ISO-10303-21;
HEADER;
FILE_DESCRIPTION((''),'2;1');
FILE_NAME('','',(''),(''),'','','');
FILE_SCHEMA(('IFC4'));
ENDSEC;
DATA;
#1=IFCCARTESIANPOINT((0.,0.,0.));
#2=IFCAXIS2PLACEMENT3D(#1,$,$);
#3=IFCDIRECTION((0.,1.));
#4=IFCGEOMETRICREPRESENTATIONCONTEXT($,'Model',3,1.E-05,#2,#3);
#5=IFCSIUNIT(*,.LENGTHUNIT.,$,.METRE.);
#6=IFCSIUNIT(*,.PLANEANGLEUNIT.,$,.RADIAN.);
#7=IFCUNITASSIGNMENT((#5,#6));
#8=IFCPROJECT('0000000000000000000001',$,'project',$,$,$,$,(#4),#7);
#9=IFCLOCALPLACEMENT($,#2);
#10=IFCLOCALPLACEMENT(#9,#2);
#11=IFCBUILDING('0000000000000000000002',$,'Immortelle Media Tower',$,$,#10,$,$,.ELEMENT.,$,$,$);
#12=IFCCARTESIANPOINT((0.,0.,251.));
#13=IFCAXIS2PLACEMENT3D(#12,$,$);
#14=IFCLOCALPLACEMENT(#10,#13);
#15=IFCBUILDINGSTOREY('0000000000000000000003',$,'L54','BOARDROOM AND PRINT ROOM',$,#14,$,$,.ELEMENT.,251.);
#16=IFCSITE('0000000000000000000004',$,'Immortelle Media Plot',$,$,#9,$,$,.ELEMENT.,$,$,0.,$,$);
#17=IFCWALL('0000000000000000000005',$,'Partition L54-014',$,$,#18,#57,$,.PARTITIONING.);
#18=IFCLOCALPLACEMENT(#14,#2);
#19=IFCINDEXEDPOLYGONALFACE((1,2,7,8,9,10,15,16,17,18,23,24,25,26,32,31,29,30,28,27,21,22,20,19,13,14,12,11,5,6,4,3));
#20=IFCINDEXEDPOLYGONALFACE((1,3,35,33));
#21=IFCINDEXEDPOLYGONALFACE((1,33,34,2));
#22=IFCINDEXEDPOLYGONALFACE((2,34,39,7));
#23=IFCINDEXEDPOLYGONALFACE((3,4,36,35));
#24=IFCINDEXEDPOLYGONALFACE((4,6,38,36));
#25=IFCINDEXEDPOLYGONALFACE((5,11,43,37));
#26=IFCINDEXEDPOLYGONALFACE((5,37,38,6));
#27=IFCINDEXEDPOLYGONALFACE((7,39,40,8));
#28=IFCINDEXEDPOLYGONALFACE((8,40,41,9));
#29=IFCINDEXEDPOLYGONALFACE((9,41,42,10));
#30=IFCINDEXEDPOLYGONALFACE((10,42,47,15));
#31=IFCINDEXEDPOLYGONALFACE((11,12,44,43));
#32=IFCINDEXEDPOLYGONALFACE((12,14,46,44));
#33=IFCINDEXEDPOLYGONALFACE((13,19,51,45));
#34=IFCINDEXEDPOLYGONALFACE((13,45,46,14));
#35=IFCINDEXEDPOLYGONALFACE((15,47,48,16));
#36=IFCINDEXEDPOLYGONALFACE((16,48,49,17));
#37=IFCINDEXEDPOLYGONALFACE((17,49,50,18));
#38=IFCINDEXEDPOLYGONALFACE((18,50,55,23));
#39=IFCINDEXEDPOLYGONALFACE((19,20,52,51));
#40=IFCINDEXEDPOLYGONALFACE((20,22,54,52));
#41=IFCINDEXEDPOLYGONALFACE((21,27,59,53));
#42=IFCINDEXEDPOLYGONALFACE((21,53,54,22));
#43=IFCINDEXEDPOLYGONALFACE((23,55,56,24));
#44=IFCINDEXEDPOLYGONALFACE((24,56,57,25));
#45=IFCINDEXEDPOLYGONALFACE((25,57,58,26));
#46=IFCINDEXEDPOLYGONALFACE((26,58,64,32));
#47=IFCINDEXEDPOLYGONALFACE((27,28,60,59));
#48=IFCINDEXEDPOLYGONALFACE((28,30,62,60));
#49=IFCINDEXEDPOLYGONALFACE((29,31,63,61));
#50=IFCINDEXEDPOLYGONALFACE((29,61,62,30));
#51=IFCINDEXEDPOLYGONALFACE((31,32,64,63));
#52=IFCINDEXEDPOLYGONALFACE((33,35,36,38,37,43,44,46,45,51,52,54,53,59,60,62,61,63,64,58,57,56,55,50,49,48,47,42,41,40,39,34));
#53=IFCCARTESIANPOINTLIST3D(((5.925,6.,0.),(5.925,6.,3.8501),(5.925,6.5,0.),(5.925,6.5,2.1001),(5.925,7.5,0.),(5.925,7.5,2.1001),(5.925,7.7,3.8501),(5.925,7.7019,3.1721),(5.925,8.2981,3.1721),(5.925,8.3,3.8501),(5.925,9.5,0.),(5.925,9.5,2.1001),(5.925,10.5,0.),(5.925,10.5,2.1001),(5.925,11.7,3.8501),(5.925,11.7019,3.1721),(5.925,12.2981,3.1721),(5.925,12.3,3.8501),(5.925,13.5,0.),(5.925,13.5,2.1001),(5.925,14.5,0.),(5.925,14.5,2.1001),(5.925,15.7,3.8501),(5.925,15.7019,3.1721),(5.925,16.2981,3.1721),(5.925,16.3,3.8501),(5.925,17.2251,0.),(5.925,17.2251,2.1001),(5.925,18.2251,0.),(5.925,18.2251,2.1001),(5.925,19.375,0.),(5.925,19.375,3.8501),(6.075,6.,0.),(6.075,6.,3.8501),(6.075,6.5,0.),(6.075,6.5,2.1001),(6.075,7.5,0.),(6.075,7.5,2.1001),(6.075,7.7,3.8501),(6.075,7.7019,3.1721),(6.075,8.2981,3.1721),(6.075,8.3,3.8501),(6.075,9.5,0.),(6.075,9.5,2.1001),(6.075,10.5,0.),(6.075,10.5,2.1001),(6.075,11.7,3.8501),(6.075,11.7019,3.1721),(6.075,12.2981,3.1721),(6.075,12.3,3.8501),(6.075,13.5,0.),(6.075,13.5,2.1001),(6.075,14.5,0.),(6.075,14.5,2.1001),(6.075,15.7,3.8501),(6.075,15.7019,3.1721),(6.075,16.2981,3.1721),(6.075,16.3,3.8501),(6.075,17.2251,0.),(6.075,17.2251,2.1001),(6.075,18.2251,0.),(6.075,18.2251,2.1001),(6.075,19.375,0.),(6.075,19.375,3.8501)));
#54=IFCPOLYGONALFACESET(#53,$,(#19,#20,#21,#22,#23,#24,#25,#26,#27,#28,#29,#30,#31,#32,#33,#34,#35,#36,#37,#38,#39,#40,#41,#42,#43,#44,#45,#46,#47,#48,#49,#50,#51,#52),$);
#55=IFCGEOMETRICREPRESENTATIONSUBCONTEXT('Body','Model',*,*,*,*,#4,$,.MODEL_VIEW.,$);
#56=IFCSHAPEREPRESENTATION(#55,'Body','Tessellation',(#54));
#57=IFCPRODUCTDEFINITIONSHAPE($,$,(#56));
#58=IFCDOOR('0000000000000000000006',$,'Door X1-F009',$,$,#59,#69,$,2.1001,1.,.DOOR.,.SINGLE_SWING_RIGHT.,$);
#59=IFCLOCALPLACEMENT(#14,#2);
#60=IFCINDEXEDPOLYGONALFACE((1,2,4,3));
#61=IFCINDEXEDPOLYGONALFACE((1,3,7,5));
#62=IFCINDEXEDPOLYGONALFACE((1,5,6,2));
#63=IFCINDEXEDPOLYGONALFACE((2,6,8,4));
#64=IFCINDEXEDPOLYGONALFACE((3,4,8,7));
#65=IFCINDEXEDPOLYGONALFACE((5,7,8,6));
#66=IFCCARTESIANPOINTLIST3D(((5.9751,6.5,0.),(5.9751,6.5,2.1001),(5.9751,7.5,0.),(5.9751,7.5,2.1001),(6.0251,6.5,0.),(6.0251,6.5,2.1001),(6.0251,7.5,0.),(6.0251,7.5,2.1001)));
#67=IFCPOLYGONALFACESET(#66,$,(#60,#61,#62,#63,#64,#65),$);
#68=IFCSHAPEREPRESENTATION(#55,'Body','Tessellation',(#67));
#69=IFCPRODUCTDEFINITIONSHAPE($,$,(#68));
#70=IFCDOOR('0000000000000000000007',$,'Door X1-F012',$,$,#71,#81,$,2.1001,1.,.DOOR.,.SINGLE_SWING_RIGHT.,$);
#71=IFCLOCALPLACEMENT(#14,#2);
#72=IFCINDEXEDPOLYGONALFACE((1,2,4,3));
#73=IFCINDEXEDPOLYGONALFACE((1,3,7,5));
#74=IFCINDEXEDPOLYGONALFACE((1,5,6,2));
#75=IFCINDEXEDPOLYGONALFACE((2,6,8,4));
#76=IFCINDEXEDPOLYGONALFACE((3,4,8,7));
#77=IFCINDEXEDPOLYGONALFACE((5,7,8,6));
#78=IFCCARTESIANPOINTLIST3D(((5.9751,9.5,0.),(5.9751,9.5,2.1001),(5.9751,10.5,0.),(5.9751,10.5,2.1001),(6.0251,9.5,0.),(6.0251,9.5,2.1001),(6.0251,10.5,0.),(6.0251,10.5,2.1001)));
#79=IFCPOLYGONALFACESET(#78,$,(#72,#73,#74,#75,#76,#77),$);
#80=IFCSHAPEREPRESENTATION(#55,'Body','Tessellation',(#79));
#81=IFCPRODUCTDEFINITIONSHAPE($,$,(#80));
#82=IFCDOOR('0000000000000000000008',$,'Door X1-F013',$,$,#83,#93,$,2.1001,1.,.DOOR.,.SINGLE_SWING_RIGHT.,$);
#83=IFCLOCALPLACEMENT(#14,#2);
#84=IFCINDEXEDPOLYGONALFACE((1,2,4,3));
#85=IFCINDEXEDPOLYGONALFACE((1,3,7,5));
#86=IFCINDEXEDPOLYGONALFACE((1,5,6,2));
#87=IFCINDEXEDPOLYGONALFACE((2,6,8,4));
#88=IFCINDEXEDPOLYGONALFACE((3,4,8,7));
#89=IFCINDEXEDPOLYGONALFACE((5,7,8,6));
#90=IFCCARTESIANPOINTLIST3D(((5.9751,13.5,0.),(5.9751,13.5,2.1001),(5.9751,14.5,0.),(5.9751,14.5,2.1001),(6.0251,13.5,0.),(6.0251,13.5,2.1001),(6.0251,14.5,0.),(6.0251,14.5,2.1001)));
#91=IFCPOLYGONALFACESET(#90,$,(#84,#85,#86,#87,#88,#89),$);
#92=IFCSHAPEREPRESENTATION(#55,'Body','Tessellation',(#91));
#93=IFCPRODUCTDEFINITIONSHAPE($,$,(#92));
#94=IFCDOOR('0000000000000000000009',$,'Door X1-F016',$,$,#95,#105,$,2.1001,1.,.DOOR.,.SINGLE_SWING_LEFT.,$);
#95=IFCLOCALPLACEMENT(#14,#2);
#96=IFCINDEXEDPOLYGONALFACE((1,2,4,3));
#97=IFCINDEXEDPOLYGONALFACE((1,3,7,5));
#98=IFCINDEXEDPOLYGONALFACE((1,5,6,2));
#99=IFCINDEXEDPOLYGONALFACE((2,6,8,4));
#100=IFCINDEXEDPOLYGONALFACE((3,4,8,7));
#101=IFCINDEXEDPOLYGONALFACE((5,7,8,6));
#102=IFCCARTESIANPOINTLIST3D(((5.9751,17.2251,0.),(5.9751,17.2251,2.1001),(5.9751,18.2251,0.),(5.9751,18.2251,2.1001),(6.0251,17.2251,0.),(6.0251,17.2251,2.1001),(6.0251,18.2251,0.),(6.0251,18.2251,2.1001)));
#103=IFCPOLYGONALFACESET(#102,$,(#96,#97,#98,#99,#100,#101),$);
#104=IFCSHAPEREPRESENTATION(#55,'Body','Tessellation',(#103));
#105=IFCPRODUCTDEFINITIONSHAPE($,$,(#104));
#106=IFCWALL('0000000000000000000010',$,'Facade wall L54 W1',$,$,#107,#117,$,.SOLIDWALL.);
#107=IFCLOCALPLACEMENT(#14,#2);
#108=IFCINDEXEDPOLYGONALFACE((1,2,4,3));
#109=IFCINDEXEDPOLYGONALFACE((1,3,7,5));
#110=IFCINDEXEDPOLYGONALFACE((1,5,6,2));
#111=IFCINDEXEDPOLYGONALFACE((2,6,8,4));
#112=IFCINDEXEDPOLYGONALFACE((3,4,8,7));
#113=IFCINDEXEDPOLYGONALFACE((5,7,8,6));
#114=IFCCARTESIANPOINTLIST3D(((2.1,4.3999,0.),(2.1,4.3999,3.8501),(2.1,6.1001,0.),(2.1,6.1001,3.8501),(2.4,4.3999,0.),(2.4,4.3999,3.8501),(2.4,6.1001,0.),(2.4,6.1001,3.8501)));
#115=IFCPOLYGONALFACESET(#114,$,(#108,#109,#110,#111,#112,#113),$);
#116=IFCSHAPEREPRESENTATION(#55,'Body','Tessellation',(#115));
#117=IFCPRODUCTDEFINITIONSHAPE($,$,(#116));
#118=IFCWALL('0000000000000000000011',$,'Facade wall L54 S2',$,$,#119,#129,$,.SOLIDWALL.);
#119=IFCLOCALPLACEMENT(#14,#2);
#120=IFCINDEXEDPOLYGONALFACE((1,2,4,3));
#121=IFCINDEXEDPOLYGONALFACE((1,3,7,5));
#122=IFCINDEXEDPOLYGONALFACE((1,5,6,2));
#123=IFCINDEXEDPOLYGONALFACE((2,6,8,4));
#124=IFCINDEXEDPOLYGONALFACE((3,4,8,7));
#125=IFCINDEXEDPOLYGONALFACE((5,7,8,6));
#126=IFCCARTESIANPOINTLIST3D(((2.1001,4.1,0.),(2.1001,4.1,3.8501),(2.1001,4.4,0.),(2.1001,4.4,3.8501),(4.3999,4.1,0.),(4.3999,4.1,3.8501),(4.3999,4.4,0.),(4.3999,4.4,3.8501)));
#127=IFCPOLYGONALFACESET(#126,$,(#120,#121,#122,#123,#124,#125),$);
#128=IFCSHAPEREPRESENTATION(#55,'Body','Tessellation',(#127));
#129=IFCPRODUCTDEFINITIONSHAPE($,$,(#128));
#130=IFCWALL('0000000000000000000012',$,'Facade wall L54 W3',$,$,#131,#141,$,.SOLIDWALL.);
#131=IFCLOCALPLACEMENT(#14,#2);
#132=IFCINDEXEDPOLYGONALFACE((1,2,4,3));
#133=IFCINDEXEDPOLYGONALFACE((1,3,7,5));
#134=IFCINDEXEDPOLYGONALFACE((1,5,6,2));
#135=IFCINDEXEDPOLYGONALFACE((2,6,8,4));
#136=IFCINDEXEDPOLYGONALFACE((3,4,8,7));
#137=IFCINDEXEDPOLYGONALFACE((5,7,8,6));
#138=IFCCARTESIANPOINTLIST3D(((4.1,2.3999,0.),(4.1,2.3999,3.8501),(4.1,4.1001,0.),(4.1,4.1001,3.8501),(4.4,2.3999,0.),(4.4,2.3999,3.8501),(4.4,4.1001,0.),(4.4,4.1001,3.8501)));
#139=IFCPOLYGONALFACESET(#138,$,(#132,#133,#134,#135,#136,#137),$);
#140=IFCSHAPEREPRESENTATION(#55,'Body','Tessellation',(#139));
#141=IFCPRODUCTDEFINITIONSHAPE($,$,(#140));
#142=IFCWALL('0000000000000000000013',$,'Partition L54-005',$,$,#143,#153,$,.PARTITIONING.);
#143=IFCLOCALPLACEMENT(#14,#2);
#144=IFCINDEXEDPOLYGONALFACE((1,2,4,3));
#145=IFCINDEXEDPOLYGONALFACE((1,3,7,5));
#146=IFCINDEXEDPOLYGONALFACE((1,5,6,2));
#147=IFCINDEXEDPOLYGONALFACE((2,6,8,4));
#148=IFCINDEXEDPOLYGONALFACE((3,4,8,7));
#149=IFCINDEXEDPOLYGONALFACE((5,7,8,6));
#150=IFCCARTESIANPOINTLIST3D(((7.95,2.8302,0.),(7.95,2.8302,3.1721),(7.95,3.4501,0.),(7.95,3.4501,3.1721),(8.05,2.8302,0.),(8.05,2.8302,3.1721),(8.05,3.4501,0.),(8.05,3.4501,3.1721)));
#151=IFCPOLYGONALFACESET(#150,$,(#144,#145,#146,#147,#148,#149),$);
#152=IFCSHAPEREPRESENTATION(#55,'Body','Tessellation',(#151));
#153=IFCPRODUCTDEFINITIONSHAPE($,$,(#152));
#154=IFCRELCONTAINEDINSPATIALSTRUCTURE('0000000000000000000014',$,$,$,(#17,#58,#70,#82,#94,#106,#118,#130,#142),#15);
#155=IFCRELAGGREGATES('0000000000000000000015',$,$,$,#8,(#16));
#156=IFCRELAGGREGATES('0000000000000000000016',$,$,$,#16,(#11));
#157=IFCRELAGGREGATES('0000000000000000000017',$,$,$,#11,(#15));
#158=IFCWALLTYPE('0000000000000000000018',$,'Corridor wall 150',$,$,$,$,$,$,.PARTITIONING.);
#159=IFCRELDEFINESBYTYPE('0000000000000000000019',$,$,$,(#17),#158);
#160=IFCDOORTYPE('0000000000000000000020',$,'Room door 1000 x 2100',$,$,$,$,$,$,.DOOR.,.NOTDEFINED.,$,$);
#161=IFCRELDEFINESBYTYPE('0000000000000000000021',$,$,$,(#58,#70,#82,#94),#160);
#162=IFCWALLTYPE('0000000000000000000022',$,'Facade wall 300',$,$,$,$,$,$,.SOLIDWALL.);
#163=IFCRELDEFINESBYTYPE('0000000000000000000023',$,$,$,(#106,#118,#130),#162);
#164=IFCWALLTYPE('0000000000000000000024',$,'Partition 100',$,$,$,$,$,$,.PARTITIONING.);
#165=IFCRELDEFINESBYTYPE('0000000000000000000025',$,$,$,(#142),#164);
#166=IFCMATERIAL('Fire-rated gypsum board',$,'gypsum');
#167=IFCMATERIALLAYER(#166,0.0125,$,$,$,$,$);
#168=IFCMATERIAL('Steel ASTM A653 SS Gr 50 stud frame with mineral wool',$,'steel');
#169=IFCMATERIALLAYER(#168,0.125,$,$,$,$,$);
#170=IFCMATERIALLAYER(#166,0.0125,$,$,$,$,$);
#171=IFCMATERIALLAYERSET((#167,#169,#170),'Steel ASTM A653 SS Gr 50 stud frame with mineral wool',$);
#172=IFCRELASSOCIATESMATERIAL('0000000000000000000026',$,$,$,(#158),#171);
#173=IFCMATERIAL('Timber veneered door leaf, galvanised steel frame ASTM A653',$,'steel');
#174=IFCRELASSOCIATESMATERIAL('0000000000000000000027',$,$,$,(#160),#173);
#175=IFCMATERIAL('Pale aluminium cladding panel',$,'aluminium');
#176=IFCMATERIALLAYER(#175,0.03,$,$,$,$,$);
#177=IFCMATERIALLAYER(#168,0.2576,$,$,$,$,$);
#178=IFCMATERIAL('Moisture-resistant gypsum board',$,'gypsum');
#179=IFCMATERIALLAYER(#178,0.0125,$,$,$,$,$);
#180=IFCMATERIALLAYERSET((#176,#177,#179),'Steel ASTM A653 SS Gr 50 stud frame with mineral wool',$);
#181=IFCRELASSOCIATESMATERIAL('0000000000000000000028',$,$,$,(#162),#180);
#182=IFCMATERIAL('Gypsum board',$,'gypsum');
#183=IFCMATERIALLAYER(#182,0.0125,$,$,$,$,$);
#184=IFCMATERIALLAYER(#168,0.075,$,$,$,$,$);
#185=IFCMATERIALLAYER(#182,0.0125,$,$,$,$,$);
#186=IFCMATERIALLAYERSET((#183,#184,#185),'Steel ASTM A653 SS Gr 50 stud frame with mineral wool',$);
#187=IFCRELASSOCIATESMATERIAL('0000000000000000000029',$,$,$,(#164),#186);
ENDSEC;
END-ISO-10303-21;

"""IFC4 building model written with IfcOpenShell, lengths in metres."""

from ifc_helpers import new_model, si_unit, direction, frame, frame_2d, origin, place, context, subcontext, project, spatial, polyline, rectangle, outline, extrude, material, layer, layer_set, type_object, element, fill, save


model = new_model("IFC4")

# Units and contexts
model_context = context("Model", 3, precision=1e-05, world=origin(), true_north=direction((0.0, 1.0)))
body_context = subcontext(model_context, "Body", "Model", "MODEL_VIEW")
ifc_project = project(units=[si_unit("LENGTHUNIT", "METRE"), si_unit("PLANEANGLEUNIT", "RADIAN")], contexts=[model_context])

# Site, building, storey
site_placement = place(None, origin())
site = spatial("IfcSite", under=ifc_project, at=site_placement, Name="Immortelle Media Plot", CompositionType="ELEMENT", RefElevation=0.0)
building_placement = place(site_placement, origin())
building = spatial("IfcBuilding", under=site, at=building_placement, Name="Immortelle Media Tower", CompositionType="ELEMENT")
storey_placement = place(building_placement, frame((0.0, 0.0, 251.0)))
storey = spatial("IfcBuildingStorey", under=building, at=storey_placement, Name="L54", Description="BOARDROOM AND PRINT ROOM", CompositionType="ELEMENT", Elevation=251.0)

# Wall, openings, doors
ifc_material_1 = material(Name="Fire-rated gypsum board", Category="gypsum")
ifc_layer_1 = layer(ifc_material_1, 0.0125)
ifc_material_2 = material(Name="Steel ASTM A653 SS Gr 50 stud frame with mineral wool", Category="steel")
ifc_layer_2 = layer(ifc_material_2, 0.125)
ifc_layer_3 = layer(ifc_material_1, 0.0125)
ifc_layer_set_1 = layer_set([ifc_layer_1, ifc_layer_2, ifc_layer_3], Name="Steel ASTM A653 SS Gr 50 stud frame with mineral wool")
wall_type_1 = type_object("IfcWallType", Name="Corridor wall 150", PredefinedType="PARTITIONING", material=ifc_layer_set_1)
ifc_material_3 = material(Name="Timber veneered door leaf, galvanised steel frame ASTM A653", Category="steel")
door_type = type_object("IfcDoorType", Name="Room door 1000 x 2100", OperationType="NOTDEFINED", PredefinedType="DOOR", material=ifc_material_3)
wall_1_placement = place(storey_placement, frame((6.0, 6.0, 0.0), z_axis=(0.0, 0.0, 1.0), x_axis=(0.0, 1.0, 0.0)))
wall_1 = element("IfcWall", 1, at=wall_1_placement, inside=storey, type_object=wall_type_1, Name="Partition L54-014", PredefinedType="PARTITIONING", context=body_context, shape_type="SweptSolid", body=[
    extrude(outline(polyline([(0.0, 0.0), (13.375, 0.0), (13.375, 3.8501), (10.3, 3.8501), (10.2981, 3.1721), (9.7019, 3.1721), (9.7, 3.8501), (6.3, 3.8501), (6.2981, 3.1721), (5.7019, 3.1721), (5.7, 3.8501), (2.3, 3.8501), (2.2981, 3.1721), (1.7019, 3.1721), (1.7, 3.8501), (0.0, 3.8501), (0.0, 0.0)])), frame((0.0, 0.075, 0.0), z_axis=(0.0, -1.0, 0.0), x_axis=(1.0, 0.0, 0.0)), (0.0, 0.0, 1.0), 0.1499),
])
opening_1_placement = place(wall_1_placement, frame((0.5, 0.0, 0.0)))
opening_1 = element("IfcOpeningElement", 2, at=opening_1_placement, cuts=wall_1, PredefinedType="OPENING", context=body_context, shape_type="SweptSolid", body=[
    extrude(rectangle(XDim=1.0, YDim=2.1001, at=frame_2d((0.5, 1.05))), frame((0.0, 0.085, 0.0), z_axis=(0.0, -1.0, 0.0), x_axis=(1.0, 0.0, 0.0)), (0.0, 0.0, 1.0), 0.1699),
])
opening_2_placement = place(wall_1_placement, frame((3.5, 0.0, 0.0)))
opening_2 = element("IfcOpeningElement", 3, at=opening_2_placement, cuts=wall_1, PredefinedType="OPENING", context=body_context, shape_type="SweptSolid", body=[
    extrude(rectangle(XDim=1.0, YDim=2.1001, at=frame_2d((0.5, 1.05))), frame((0.0, 0.085, 0.0), z_axis=(0.0, -1.0, 0.0), x_axis=(1.0, 0.0, 0.0)), (0.0, 0.0, 1.0), 0.1699),
])
opening_3_placement = place(wall_1_placement, frame((7.5, 0.0, 0.0)))
opening_3 = element("IfcOpeningElement", 4, at=opening_3_placement, cuts=wall_1, PredefinedType="OPENING", context=body_context, shape_type="SweptSolid", body=[
    extrude(rectangle(XDim=1.0, YDim=2.1001, at=frame_2d((0.5, 1.05))), frame((0.0, 0.085, 0.0), z_axis=(0.0, -1.0, 0.0), x_axis=(1.0, 0.0, 0.0)), (0.0, 0.0, 1.0), 0.1699),
])
opening_4_placement = place(wall_1_placement, frame((11.2251, 0.0, 0.0)))
opening_4 = element("IfcOpeningElement", 5, at=opening_4_placement, cuts=wall_1, PredefinedType="OPENING", context=body_context, shape_type="SweptSolid", body=[
    extrude(rectangle(XDim=1.0, YDim=2.1001, at=frame_2d((0.5, 1.05))), frame((0.0, 0.085, 0.0), z_axis=(0.0, -1.0, 0.0), x_axis=(1.0, 0.0, 0.0)), (0.0, 0.0, 1.0), 0.1699),
])
door_1_placement = place(opening_1_placement, origin())
door_1 = element("IfcDoor", 6, at=door_1_placement, inside=storey, type_object=door_type, Name="Door X1-F009", OperationType="SINGLE_SWING_RIGHT", OverallHeight=2.1001, OverallWidth=1.0, PredefinedType="DOOR", context=body_context, shape_type="SweptSolid", body=[
    extrude(rectangle(XDim=1.0, YDim=2.1001, at=frame_2d((0.5, 1.05))), frame((0.0, 0.0249, 0.0), z_axis=(0.0, -1.0, 0.0), x_axis=(1.0, 0.0, 0.0)), (0.0, 0.0, 1.0), 0.05),
])
fill(opening_1, door_1)
door_2_placement = place(opening_2_placement, origin())
door_2 = element("IfcDoor", 7, at=door_2_placement, inside=storey, type_object=door_type, Name="Door X1-F012", OperationType="SINGLE_SWING_RIGHT", OverallHeight=2.1001, OverallWidth=1.0, PredefinedType="DOOR", context=body_context, shape_type="SweptSolid", body=[
    extrude(rectangle(XDim=1.0, YDim=2.1001, at=frame_2d((0.5, 1.05))), frame((0.0, 0.0249, 0.0), z_axis=(0.0, -1.0, 0.0), x_axis=(1.0, 0.0, 0.0)), (0.0, 0.0, 1.0), 0.05),
])
fill(opening_2, door_2)
door_3_placement = place(opening_3_placement, origin())
door_3 = element("IfcDoor", 8, at=door_3_placement, inside=storey, type_object=door_type, Name="Door X1-F013", OperationType="SINGLE_SWING_RIGHT", OverallHeight=2.1001, OverallWidth=1.0, PredefinedType="DOOR", context=body_context, shape_type="SweptSolid", body=[
    extrude(rectangle(XDim=1.0, YDim=2.1001, at=frame_2d((0.5, 1.05))), frame((0.0, 0.0249, 0.0), z_axis=(0.0, -1.0, 0.0), x_axis=(1.0, 0.0, 0.0)), (0.0, 0.0, 1.0), 0.05),
])
fill(opening_3, door_3)
door_4_placement = place(opening_4_placement, origin())
door_4 = element("IfcDoor", 9, at=door_4_placement, inside=storey, type_object=door_type, Name="Door X1-F016", OperationType="SINGLE_SWING_LEFT", OverallHeight=2.1001, OverallWidth=1.0, PredefinedType="DOOR", context=body_context, shape_type="SweptSolid", body=[
    extrude(rectangle(XDim=1.0, YDim=2.1001, at=frame_2d((0.5, 1.05))), frame((0.0, 0.0249, 0.0), z_axis=(0.0, -1.0, 0.0), x_axis=(1.0, 0.0, 0.0)), (0.0, 0.0, 1.0), 0.05),
])
fill(opening_4, door_4)

# Walls
ifc_material_4 = material(Name="Pale aluminium cladding panel", Category="aluminium")
ifc_layer_4 = layer(ifc_material_4, 0.03)
ifc_layer_5 = layer(ifc_material_2, 0.2576)
ifc_material_5 = material(Name="Moisture-resistant gypsum board", Category="gypsum")
ifc_layer_6 = layer(ifc_material_5, 0.0125)
ifc_layer_set_2 = layer_set([ifc_layer_4, ifc_layer_5, ifc_layer_6], Name="Steel ASTM A653 SS Gr 50 stud frame with mineral wool")
wall_type_2 = type_object("IfcWallType", Name="Facade wall 300", PredefinedType="SOLIDWALL", material=ifc_layer_set_2)
wall_2_placement = place(storey_placement, frame((2.25, 6.1001, 0.0), z_axis=(0.0, 0.0, 1.0), x_axis=(0.0, -1.0, 0.0)))
element("IfcWall", 10, at=wall_2_placement, inside=storey, type_object=wall_type_2, Name="Facade wall L54 W1", PredefinedType="SOLIDWALL", context=body_context, shape_type="SweptSolid", body=[
    extrude(rectangle(XDim=1.7002, YDim=0.3, at=frame_2d((0.8501, 0.0))), origin(), (0.0, 0.0, 1.0), 3.8501),
])
wall_3_placement = place(storey_placement, frame((2.1001, 4.25, 0.0), z_axis=(0.0, 0.0, 1.0), x_axis=(1.0, 0.0, 0.0)))
element("IfcWall", 11, at=wall_3_placement, inside=storey, type_object=wall_type_2, Name="Facade wall L54 S2", PredefinedType="SOLIDWALL", context=body_context, shape_type="SweptSolid", body=[
    extrude(rectangle(XDim=2.2998, YDim=0.3, at=frame_2d((1.1499, 0.0))), origin(), (0.0, 0.0, 1.0), 3.8501),
])
wall_4_placement = place(storey_placement, frame((4.25, 4.1001, 0.0), z_axis=(0.0, 0.0, 1.0), x_axis=(0.0, -1.0, 0.0)))
element("IfcWall", 12, at=wall_4_placement, inside=storey, type_object=wall_type_2, Name="Facade wall L54 W3", PredefinedType="SOLIDWALL", context=body_context, shape_type="SweptSolid", body=[
    extrude(rectangle(XDim=1.7002, YDim=0.3, at=frame_2d((0.8501, 0.0))), origin(), (0.0, 0.0, 1.0), 3.8501),
])
ifc_material_6 = material(Name="Gypsum board", Category="gypsum")
ifc_layer_7 = layer(ifc_material_6, 0.0125)
ifc_layer_8 = layer(ifc_material_2, 0.075)
ifc_layer_9 = layer(ifc_material_6, 0.0125)
ifc_layer_set_3 = layer_set([ifc_layer_7, ifc_layer_8, ifc_layer_9], Name="Steel ASTM A653 SS Gr 50 stud frame with mineral wool")
wall_type_3 = type_object("IfcWallType", Name="Partition 100", PredefinedType="PARTITIONING", material=ifc_layer_set_3)
wall_5_placement = place(storey_placement, frame((8.0, 2.8301, 0.0), z_axis=(0.0, 0.0, 1.0), x_axis=(0.0, 1.0, 0.0)))
element("IfcWall", 13, at=wall_5_placement, inside=storey, type_object=wall_type_3, Name="Partition L54-005", PredefinedType="PARTITIONING", context=body_context, shape_type="SweptSolid", body=[
    extrude(rectangle(XDim=0.6199, YDim=0.1001, at=frame_2d((0.3101, 0.0))), origin(), (0.0, 0.0, 1.0), 3.1721),
])

save(model, "model.ifc")
